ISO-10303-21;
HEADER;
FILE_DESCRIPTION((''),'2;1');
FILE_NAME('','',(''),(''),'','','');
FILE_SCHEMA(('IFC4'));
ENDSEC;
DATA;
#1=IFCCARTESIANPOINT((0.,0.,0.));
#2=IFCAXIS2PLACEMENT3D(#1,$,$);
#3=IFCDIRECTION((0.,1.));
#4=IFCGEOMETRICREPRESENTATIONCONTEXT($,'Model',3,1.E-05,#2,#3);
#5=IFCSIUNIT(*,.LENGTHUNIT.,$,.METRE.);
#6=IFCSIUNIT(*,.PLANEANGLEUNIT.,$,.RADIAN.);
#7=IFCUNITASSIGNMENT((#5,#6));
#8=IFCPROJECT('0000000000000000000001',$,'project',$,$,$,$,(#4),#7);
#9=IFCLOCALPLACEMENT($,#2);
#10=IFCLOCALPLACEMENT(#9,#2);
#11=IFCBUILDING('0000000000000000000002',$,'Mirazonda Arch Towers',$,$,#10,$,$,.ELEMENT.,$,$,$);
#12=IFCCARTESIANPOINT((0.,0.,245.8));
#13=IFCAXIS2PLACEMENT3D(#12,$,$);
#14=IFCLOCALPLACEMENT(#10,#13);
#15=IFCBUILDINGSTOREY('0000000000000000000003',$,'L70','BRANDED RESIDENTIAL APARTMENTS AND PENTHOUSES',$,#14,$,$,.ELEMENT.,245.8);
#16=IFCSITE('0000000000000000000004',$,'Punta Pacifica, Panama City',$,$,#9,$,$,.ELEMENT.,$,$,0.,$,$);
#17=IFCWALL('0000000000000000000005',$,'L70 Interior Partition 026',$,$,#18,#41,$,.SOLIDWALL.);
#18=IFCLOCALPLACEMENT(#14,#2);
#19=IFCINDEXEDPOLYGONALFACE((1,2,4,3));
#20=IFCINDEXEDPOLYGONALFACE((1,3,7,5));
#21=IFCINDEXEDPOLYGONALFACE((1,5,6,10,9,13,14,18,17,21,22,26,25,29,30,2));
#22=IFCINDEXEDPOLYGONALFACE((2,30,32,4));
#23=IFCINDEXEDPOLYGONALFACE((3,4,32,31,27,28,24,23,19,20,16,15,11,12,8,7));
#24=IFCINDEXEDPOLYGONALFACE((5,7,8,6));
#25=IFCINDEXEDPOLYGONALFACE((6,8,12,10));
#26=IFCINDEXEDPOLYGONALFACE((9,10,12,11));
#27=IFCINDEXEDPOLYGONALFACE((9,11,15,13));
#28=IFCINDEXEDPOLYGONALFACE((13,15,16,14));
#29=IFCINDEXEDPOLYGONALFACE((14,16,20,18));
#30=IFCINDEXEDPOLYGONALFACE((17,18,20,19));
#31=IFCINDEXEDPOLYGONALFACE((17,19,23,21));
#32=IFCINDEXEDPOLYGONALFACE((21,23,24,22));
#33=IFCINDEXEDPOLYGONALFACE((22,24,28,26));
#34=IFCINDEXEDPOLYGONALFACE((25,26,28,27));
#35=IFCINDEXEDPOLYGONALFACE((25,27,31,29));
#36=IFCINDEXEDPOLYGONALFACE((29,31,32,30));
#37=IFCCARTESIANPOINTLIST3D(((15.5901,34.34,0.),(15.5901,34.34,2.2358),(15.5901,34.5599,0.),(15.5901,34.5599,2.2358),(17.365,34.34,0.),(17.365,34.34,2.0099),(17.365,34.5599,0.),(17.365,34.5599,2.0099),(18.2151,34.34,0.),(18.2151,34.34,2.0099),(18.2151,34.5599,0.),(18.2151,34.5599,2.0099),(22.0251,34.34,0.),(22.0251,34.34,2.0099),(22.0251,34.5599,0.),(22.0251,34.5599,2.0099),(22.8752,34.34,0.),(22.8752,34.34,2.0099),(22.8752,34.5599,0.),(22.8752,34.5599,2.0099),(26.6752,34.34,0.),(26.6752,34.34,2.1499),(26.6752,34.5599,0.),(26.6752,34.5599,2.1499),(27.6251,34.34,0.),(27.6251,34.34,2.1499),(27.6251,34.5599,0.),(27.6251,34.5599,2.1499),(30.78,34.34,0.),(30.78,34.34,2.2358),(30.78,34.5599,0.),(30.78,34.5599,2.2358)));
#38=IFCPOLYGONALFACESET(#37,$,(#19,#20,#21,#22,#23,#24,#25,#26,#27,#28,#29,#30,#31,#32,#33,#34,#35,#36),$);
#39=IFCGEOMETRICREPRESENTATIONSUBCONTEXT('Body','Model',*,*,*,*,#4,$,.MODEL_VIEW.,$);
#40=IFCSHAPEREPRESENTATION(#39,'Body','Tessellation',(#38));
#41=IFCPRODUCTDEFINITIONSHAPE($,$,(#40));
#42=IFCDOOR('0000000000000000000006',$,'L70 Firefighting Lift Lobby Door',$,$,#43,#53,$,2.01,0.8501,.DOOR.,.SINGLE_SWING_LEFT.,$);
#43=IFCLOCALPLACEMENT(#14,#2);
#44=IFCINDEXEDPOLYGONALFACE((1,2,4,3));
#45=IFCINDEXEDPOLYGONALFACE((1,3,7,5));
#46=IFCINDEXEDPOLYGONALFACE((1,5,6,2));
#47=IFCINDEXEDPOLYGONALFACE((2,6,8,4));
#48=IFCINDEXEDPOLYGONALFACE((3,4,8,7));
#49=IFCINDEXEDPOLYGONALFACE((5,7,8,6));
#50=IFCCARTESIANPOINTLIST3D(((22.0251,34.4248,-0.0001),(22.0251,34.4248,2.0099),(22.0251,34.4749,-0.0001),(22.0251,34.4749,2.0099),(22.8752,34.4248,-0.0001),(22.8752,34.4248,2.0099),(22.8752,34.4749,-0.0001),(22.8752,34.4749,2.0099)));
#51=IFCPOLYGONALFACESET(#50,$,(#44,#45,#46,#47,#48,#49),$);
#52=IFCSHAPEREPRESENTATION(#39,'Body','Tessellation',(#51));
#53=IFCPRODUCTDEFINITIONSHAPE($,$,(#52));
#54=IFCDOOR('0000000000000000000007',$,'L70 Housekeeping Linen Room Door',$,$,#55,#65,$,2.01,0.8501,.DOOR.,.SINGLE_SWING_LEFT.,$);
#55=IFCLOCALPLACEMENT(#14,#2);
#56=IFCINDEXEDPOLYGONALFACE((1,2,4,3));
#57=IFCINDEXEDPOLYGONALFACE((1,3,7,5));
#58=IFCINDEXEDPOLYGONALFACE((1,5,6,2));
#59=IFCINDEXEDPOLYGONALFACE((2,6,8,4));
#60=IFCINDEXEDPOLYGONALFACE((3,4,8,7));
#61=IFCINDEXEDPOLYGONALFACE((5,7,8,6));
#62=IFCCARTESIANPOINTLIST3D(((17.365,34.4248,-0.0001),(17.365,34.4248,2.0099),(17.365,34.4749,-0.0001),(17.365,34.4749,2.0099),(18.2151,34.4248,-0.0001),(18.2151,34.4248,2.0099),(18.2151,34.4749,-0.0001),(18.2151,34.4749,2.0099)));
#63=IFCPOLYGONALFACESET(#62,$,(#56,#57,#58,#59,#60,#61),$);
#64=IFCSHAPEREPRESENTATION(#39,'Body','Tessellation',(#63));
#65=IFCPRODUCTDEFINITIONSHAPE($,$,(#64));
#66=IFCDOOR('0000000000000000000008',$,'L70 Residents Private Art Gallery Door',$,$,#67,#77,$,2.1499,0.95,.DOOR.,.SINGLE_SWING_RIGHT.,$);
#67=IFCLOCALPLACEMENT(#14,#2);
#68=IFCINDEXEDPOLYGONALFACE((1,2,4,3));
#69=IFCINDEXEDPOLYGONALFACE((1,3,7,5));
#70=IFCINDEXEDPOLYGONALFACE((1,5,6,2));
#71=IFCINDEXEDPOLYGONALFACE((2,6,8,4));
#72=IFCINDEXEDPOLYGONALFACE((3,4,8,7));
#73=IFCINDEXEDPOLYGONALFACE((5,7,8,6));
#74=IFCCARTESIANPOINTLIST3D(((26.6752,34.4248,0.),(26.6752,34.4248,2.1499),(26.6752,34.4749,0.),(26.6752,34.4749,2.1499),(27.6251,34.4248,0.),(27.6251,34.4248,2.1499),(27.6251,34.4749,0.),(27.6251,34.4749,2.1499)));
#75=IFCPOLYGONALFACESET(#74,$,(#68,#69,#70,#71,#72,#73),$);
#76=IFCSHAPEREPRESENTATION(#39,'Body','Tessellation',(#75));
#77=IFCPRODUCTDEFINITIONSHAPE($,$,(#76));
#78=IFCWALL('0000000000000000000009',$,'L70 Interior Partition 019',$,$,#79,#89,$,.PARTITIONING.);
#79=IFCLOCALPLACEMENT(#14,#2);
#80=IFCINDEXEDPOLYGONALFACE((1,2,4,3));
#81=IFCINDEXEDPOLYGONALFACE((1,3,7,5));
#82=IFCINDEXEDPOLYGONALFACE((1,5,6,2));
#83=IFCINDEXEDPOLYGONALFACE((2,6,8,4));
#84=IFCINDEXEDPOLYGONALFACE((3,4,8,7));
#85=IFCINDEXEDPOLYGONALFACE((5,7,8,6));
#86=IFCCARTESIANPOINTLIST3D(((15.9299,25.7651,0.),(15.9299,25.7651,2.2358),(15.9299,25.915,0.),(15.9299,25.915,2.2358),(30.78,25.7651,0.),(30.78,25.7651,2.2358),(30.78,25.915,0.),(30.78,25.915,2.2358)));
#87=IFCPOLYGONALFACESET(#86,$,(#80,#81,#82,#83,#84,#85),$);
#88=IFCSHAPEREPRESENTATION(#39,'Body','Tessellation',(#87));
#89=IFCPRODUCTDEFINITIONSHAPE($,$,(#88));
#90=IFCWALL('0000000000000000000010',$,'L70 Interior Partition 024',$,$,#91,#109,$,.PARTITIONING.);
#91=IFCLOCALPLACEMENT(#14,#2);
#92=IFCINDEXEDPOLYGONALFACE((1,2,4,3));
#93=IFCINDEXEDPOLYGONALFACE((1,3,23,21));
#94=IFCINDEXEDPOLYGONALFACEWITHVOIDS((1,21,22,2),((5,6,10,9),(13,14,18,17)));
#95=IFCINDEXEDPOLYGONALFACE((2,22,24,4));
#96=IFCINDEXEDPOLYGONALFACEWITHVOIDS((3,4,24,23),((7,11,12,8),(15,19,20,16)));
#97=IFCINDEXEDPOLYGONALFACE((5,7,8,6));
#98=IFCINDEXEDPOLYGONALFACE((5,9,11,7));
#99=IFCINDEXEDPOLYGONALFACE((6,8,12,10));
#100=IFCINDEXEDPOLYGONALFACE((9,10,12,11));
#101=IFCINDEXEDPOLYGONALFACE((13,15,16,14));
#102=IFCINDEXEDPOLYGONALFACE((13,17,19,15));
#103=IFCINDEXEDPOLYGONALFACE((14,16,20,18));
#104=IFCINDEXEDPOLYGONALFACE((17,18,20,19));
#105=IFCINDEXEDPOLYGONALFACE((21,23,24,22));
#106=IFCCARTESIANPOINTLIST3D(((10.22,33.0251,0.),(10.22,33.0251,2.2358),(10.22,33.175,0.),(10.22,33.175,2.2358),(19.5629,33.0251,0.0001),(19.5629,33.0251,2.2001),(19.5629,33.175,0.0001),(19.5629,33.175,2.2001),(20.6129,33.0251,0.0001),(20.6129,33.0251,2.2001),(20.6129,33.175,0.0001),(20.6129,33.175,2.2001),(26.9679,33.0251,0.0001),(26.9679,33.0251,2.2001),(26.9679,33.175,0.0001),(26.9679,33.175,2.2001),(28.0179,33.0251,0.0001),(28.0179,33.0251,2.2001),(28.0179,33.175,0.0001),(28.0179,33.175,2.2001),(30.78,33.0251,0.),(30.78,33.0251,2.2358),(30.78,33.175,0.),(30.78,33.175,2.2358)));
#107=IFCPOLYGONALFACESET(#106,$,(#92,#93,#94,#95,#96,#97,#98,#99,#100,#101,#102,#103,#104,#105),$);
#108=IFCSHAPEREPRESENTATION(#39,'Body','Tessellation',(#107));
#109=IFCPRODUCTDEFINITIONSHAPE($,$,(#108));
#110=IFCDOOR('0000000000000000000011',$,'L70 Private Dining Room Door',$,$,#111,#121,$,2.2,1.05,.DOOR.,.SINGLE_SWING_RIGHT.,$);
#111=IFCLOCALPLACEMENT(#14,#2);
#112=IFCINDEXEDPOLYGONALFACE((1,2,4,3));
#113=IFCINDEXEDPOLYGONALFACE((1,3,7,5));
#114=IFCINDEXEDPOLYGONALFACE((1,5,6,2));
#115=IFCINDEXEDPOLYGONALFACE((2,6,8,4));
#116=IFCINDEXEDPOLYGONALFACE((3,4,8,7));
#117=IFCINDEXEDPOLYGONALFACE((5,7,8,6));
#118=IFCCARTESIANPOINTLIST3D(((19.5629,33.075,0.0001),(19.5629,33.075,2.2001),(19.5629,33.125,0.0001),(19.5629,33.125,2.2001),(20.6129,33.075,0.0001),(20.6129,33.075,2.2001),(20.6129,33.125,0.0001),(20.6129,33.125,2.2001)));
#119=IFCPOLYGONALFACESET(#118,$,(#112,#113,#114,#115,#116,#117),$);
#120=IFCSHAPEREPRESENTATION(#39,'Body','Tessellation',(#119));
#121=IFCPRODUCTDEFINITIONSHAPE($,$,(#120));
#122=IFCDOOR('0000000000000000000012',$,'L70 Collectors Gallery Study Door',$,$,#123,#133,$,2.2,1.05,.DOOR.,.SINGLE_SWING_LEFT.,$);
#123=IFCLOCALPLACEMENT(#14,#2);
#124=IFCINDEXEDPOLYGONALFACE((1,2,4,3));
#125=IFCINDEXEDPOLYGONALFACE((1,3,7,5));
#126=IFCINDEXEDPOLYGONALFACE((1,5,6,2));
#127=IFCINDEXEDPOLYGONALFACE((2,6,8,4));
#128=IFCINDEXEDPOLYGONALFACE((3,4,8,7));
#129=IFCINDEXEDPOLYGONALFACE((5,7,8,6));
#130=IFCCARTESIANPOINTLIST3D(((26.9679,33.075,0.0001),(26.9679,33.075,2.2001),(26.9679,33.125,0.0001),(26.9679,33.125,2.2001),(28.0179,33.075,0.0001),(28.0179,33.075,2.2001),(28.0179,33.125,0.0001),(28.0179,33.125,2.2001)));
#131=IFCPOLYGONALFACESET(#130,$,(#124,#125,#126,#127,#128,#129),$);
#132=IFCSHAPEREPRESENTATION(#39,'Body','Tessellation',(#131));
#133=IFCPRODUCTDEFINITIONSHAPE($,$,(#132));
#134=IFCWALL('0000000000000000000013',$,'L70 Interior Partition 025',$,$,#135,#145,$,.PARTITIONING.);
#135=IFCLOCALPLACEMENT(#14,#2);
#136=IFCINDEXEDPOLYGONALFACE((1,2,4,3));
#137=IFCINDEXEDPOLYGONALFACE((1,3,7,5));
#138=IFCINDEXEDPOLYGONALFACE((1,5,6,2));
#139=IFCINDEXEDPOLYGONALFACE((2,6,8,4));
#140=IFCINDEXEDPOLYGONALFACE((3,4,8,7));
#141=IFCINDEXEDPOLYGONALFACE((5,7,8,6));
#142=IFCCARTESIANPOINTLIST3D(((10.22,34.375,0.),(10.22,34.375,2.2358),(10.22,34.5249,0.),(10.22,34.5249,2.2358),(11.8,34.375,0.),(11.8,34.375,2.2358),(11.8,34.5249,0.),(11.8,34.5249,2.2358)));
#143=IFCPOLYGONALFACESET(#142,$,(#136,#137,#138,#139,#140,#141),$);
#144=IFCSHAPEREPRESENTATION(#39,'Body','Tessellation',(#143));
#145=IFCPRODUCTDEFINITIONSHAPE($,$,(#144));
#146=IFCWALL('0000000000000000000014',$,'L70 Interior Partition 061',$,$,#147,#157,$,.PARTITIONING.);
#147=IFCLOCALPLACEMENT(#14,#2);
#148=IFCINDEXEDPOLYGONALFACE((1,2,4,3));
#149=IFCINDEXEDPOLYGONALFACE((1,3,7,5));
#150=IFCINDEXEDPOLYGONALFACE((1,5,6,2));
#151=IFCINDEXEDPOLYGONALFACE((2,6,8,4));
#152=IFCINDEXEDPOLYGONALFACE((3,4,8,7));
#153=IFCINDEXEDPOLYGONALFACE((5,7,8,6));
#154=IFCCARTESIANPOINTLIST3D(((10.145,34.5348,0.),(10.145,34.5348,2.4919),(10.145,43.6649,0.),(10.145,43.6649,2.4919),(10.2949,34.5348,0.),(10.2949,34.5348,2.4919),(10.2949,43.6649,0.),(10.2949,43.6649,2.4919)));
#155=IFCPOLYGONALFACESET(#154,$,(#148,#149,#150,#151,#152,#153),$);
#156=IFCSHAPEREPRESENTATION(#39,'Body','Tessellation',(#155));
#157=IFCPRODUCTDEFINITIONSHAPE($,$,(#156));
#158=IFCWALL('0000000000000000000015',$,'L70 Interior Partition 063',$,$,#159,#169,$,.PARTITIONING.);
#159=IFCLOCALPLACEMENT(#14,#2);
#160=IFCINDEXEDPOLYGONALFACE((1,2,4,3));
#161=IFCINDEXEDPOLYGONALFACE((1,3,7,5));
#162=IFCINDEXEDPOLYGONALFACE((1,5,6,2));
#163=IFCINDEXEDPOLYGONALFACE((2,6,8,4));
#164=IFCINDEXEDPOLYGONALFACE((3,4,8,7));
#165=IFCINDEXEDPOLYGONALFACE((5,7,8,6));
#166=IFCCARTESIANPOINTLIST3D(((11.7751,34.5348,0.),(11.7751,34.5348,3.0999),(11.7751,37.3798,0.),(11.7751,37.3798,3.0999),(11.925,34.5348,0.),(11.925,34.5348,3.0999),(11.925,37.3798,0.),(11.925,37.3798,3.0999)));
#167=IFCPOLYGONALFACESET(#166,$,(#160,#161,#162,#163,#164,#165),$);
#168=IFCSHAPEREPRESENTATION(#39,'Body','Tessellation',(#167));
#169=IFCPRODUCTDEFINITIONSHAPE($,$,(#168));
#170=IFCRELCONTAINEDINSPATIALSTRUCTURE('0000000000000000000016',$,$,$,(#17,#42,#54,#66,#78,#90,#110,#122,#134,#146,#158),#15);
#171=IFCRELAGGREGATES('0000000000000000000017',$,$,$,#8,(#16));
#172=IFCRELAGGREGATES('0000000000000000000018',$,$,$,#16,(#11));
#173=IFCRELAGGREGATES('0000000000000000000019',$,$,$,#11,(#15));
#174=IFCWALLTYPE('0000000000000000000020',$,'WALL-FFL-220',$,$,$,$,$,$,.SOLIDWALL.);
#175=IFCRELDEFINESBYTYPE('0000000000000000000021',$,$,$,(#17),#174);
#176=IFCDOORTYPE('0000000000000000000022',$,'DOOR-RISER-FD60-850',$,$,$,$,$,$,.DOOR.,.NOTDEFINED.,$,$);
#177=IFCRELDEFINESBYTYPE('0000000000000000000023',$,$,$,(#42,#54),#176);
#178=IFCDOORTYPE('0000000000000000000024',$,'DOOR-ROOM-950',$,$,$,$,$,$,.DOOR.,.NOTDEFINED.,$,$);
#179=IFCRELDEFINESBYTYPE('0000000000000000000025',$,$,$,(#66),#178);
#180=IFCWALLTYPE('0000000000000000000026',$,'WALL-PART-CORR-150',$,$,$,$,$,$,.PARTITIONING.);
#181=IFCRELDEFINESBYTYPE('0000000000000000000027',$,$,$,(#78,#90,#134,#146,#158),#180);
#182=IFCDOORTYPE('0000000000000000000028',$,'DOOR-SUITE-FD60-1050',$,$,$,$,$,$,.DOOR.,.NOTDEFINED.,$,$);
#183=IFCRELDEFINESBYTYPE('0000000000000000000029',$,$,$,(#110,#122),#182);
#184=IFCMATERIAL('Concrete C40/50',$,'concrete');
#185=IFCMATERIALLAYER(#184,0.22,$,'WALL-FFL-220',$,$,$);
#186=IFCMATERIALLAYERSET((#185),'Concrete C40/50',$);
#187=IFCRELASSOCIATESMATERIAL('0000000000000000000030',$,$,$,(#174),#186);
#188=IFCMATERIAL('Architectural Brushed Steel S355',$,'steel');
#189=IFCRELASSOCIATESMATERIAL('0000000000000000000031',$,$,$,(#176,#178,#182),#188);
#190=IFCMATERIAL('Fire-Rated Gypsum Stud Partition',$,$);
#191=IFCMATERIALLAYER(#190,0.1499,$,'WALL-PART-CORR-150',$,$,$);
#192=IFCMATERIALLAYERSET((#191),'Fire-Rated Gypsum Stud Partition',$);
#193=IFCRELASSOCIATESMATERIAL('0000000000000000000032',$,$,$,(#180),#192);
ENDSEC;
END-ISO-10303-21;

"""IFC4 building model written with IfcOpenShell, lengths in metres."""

from ifc_helpers import new_model, si_unit, direction, frame, frame_2d, origin, place, context, subcontext, project, spatial, rectangle, extrude, material, layer, layer_set, type_object, element, fill, save


model = new_model("IFC4")

# Units and contexts
model_context = context("Model", 3, precision=1e-05, world=origin(), true_north=direction((0.0, 1.0)))
body_context = subcontext(model_context, "Body", "Model", "MODEL_VIEW")
ifc_project = project(units=[si_unit("LENGTHUNIT", "METRE"), si_unit("PLANEANGLEUNIT", "RADIAN")], contexts=[model_context])

# Site, building, storey
site_placement = place(None, origin())
site = spatial("IfcSite", under=ifc_project, at=site_placement, Name="Punta Pacifica, Panama City", CompositionType="ELEMENT", RefElevation=0.0)
building_placement = place(site_placement, origin())
building = spatial("IfcBuilding", under=site, at=building_placement, Name="Mirazonda Arch Towers", CompositionType="ELEMENT")
storey_placement = place(building_placement, frame((0.0, 0.0, 245.8)))
storey = spatial("IfcBuildingStorey", under=building, at=storey_placement, Name="L70", Description="BRANDED RESIDENTIAL APARTMENTS AND PENTHOUSES", CompositionType="ELEMENT", Elevation=245.8)

# Wall, openings, doors
ifc_material_1 = material(Name="Architectural Brushed Steel S355", Category="steel")
ifc_material_2 = material(Name="Concrete C40/50", Category="concrete")
ifc_layer_1 = layer(ifc_material_2, 0.22, Name="WALL-FFL-220")
ifc_layer_set_1 = layer_set([ifc_layer_1], Name="Concrete C40/50")
wall_type_1 = type_object("IfcWallType", Name="WALL-FFL-220", PredefinedType="SOLIDWALL", material=ifc_layer_set_1)
wall_1_placement = place(storey_placement, frame((15.5901, 34.45, 0.0), z_axis=(0.0, 0.0, 1.0), x_axis=(1.0, 0.0, 0.0)))
wall_1 = element("IfcWall", 1, at=wall_1_placement, inside=storey, type_object=wall_type_1, Name="L70 Interior Partition 026", PredefinedType="SOLIDWALL", context=body_context, shape_type="SweptSolid", body=[
    extrude(rectangle(XDim=15.1899, YDim=0.22, at=frame_2d((7.595, 0.0))), origin(), (0.0, 0.0, 1.0), 2.2358),
])
opening_1_placement = place(wall_1_placement, frame((6.4351, 0.0, 0.0)))
opening_1 = element("IfcOpeningElement", 2, at=opening_1_placement, cuts=wall_1, PredefinedType="OPENING", context=body_context, shape_type="SweptSolid", body=[
    extrude(rectangle(XDim=0.8501, YDim=2.01, at=frame_2d((0.425, 1.0049))), frame((0.0, 0.1199, 0.0), z_axis=(0.0, -1.0, 0.0), x_axis=(1.0, 0.0, 0.0)), (0.0, 0.0, 1.0), 0.24),
])
opening_2_placement = place(wall_1_placement, frame((11.085, 0.0, 0.0)))
opening_2 = element("IfcOpeningElement", 3, at=opening_2_placement, cuts=wall_1, PredefinedType="OPENING", context=body_context, shape_type="SweptSolid", body=[
    extrude(rectangle(XDim=0.95, YDim=2.1499, at=frame_2d((0.4751, 1.075))), frame((0.0, 0.1199, 0.0), z_axis=(0.0, -1.0, 0.0), x_axis=(1.0, 0.0, 0.0)), (0.0, 0.0, 1.0), 0.24),
])
opening_3_placement = place(wall_1_placement, frame((1.7749, 0.0, 0.0)))
opening_3 = element("IfcOpeningElement", 4, at=opening_3_placement, cuts=wall_1, PredefinedType="OPENING", context=body_context, shape_type="SweptSolid", body=[
    extrude(rectangle(XDim=0.8501, YDim=2.01, at=frame_2d((0.425, 1.0049))), frame((0.0, 0.1199, 0.0), z_axis=(0.0, -1.0, 0.0), x_axis=(1.0, 0.0, 0.0)), (0.0, 0.0, 1.0), 0.24),
])
door_type_1 = type_object("IfcDoorType", Name="DOOR-RISER-FD60-850", OperationType="NOTDEFINED", PredefinedType="DOOR", material=ifc_material_1)
door_1_placement = place(opening_1_placement, origin())
door_1 = element("IfcDoor", 5, at=door_1_placement, inside=storey, type_object=door_type_1, Name="L70 Firefighting Lift Lobby Door", OperationType="SINGLE_SWING_LEFT", OverallHeight=2.01, OverallWidth=0.8501, PredefinedType="DOOR", context=body_context, shape_type="SweptSolid", body=[
    extrude(rectangle(XDim=0.8501, YDim=2.01, at=frame_2d((0.425, 1.0049))), frame((0.0, 0.0249, 0.0), z_axis=(0.0, -1.0, 0.0), x_axis=(1.0, 0.0, 0.0)), (0.0, 0.0, 1.0), 0.05),
])
fill(opening_1, door_1)
door_2_placement = place(opening_3_placement, origin())
door_2 = element("IfcDoor", 6, at=door_2_placement, inside=storey, type_object=door_type_1, Name="L70 Housekeeping Linen Room Door", OperationType="SINGLE_SWING_LEFT", OverallHeight=2.01, OverallWidth=0.8501, PredefinedType="DOOR", context=body_context, shape_type="SweptSolid", body=[
    extrude(rectangle(XDim=0.8501, YDim=2.01, at=frame_2d((0.425, 1.0049))), frame((0.0, 0.0249, 0.0), z_axis=(0.0, -1.0, 0.0), x_axis=(1.0, 0.0, 0.0)), (0.0, 0.0, 1.0), 0.05),
])
fill(opening_3, door_2)
door_type_2 = type_object("IfcDoorType", Name="DOOR-ROOM-950", OperationType="NOTDEFINED", PredefinedType="DOOR", material=ifc_material_1)
door_3_placement = place(opening_2_placement, origin())
door_3 = element("IfcDoor", 7, at=door_3_placement, inside=storey, type_object=door_type_2, Name="L70 Residents Private Art Gallery Door", OperationType="SINGLE_SWING_RIGHT", OverallHeight=2.1499, OverallWidth=0.95, PredefinedType="DOOR", context=body_context, shape_type="SweptSolid", body=[
    extrude(rectangle(XDim=0.95, YDim=2.1499, at=frame_2d((0.4751, 1.075))), frame((0.0, 0.0249, 0.0), z_axis=(0.0, -1.0, 0.0), x_axis=(1.0, 0.0, 0.0)), (0.0, 0.0, 1.0), 0.05),
])
fill(opening_2, door_3)

# Wall
ifc_material_3 = material(Name="Fire-Rated Gypsum Stud Partition")
ifc_layer_2 = layer(ifc_material_3, 0.1499, Name="WALL-PART-CORR-150")
ifc_layer_set_2 = layer_set([ifc_layer_2], Name="Fire-Rated Gypsum Stud Partition")
wall_type_2 = type_object("IfcWallType", Name="WALL-PART-CORR-150", PredefinedType="PARTITIONING", material=ifc_layer_set_2)
wall_2_placement = place(storey_placement, frame((15.9299, 25.8401, 0.0), z_axis=(0.0, 0.0, 1.0), x_axis=(1.0, 0.0, 0.0)))
element("IfcWall", 8, at=wall_2_placement, inside=storey, type_object=wall_type_2, Name="L70 Interior Partition 019", PredefinedType="PARTITIONING", context=body_context, shape_type="SweptSolid", body=[
    extrude(rectangle(XDim=14.8501, YDim=0.1499, at=frame_2d((7.425, 0.0))), origin(), (0.0, 0.0, 1.0), 2.2358),
])

# Wall, openings, doors
wall_3_placement = place(storey_placement, frame((10.22, 33.1001, 0.0), z_axis=(0.0, 0.0, 1.0), x_axis=(1.0, 0.0, 0.0)))
wall_3 = element("IfcWall", 9, at=wall_3_placement, inside=storey, type_object=wall_type_2, Name="L70 Interior Partition 024", PredefinedType="PARTITIONING", context=body_context, shape_type="SweptSolid", body=[
    extrude(rectangle(XDim=20.5601, YDim=0.1499, at=frame_2d((10.28, 0.0))), origin(), (0.0, 0.0, 1.0), 2.2358),
])
opening_4_placement = place(wall_3_placement, frame((9.343, 0.0, 0.0)))
opening_4 = element("IfcOpeningElement", 10, at=opening_4_placement, cuts=wall_3, PredefinedType="OPENING", context=body_context, shape_type="SweptSolid", body=[
    extrude(rectangle(XDim=1.05, YDim=2.2, at=frame_2d((0.5249, 1.1001))), frame((0.0, 0.085, 0.0), z_axis=(0.0, -1.0, 0.0), x_axis=(1.0, 0.0, 0.0)), (0.0, 0.0, 1.0), 0.1699),
])
opening_5_placement = place(wall_3_placement, frame((16.748, 0.0, 0.0)))
opening_5 = element("IfcOpeningElement", 11, at=opening_5_placement, cuts=wall_3, PredefinedType="OPENING", context=body_context, shape_type="SweptSolid", body=[
    extrude(rectangle(XDim=1.05, YDim=2.2, at=frame_2d((0.5249, 1.1001))), frame((0.0, 0.085, 0.0), z_axis=(0.0, -1.0, 0.0), x_axis=(1.0, 0.0, 0.0)), (0.0, 0.0, 1.0), 0.1699),
])
door_type_3 = type_object("IfcDoorType", Name="DOOR-SUITE-FD60-1050", OperationType="NOTDEFINED", PredefinedType="DOOR", material=ifc_material_1)
door_4_placement = place(opening_4_placement, origin())
door_4 = element("IfcDoor", 12, at=door_4_placement, inside=storey, type_object=door_type_3, Name="L70 Private Dining Room Door", OperationType="SINGLE_SWING_RIGHT", OverallHeight=2.2, OverallWidth=1.05, PredefinedType="DOOR", context=body_context, shape_type="SweptSolid", body=[
    extrude(rectangle(XDim=1.05, YDim=2.2, at=frame_2d((0.5249, 1.1001))), frame((0.0, 0.0249, 0.0), z_axis=(0.0, -1.0, 0.0), x_axis=(1.0, 0.0, 0.0)), (0.0, 0.0, 1.0), 0.05),
])
fill(opening_4, door_4)
door_5_placement = place(opening_5_placement, origin())
door_5 = element("IfcDoor", 13, at=door_5_placement, inside=storey, type_object=door_type_3, Name="L70 Collectors Gallery Study Door", OperationType="SINGLE_SWING_LEFT", OverallHeight=2.2, OverallWidth=1.05, PredefinedType="DOOR", context=body_context, shape_type="SweptSolid", body=[
    extrude(rectangle(XDim=1.05, YDim=2.2, at=frame_2d((0.5249, 1.1001))), frame((0.0, 0.0249, 0.0), z_axis=(0.0, -1.0, 0.0), x_axis=(1.0, 0.0, 0.0)), (0.0, 0.0, 1.0), 0.05),
])
fill(opening_5, door_5)

# Walls
wall_4_placement = place(storey_placement, frame((10.22, 34.45, 0.0), z_axis=(0.0, 0.0, 1.0), x_axis=(1.0, 0.0, 0.0)))
element("IfcWall", 14, at=wall_4_placement, inside=storey, type_object=wall_type_2, Name="L70 Interior Partition 025", PredefinedType="PARTITIONING", context=body_context, shape_type="SweptSolid", body=[
    extrude(rectangle(XDim=1.5801, YDim=0.1499, at=frame_2d((0.79, 0.0))), origin(), (0.0, 0.0, 1.0), 2.2358),
])
wall_5_placement = place(storey_placement, frame((10.22, 34.5349, 0.0), z_axis=(0.0, 0.0, 1.0), x_axis=(0.0, 1.0, 0.0)))
element("IfcWall", 15, at=wall_5_placement, inside=storey, type_object=wall_type_2, Name="L70 Interior Partition 061", PredefinedType="PARTITIONING", context=body_context, shape_type="SweptSolid", body=[
    extrude(rectangle(XDim=9.1301, YDim=0.1499, at=frame_2d((4.5649, 0.0))), origin(), (0.0, 0.0, 1.0), 2.4919),
])
wall_6_placement = place(storey_placement, frame((11.8501, 34.5349, 0.0), z_axis=(0.0, 0.0, 1.0), x_axis=(0.0, 1.0, 0.0)))
element("IfcWall", 16, at=wall_6_placement, inside=storey, type_object=wall_type_2, Name="L70 Interior Partition 063", PredefinedType="PARTITIONING", context=body_context, shape_type="SweptSolid", body=[
    extrude(rectangle(XDim=2.845, YDim=0.1499, at=frame_2d((1.4224, 0.0))), origin(), (0.0, 0.0, 1.0), 3.0999),
])

save(model, "model.ifc")
